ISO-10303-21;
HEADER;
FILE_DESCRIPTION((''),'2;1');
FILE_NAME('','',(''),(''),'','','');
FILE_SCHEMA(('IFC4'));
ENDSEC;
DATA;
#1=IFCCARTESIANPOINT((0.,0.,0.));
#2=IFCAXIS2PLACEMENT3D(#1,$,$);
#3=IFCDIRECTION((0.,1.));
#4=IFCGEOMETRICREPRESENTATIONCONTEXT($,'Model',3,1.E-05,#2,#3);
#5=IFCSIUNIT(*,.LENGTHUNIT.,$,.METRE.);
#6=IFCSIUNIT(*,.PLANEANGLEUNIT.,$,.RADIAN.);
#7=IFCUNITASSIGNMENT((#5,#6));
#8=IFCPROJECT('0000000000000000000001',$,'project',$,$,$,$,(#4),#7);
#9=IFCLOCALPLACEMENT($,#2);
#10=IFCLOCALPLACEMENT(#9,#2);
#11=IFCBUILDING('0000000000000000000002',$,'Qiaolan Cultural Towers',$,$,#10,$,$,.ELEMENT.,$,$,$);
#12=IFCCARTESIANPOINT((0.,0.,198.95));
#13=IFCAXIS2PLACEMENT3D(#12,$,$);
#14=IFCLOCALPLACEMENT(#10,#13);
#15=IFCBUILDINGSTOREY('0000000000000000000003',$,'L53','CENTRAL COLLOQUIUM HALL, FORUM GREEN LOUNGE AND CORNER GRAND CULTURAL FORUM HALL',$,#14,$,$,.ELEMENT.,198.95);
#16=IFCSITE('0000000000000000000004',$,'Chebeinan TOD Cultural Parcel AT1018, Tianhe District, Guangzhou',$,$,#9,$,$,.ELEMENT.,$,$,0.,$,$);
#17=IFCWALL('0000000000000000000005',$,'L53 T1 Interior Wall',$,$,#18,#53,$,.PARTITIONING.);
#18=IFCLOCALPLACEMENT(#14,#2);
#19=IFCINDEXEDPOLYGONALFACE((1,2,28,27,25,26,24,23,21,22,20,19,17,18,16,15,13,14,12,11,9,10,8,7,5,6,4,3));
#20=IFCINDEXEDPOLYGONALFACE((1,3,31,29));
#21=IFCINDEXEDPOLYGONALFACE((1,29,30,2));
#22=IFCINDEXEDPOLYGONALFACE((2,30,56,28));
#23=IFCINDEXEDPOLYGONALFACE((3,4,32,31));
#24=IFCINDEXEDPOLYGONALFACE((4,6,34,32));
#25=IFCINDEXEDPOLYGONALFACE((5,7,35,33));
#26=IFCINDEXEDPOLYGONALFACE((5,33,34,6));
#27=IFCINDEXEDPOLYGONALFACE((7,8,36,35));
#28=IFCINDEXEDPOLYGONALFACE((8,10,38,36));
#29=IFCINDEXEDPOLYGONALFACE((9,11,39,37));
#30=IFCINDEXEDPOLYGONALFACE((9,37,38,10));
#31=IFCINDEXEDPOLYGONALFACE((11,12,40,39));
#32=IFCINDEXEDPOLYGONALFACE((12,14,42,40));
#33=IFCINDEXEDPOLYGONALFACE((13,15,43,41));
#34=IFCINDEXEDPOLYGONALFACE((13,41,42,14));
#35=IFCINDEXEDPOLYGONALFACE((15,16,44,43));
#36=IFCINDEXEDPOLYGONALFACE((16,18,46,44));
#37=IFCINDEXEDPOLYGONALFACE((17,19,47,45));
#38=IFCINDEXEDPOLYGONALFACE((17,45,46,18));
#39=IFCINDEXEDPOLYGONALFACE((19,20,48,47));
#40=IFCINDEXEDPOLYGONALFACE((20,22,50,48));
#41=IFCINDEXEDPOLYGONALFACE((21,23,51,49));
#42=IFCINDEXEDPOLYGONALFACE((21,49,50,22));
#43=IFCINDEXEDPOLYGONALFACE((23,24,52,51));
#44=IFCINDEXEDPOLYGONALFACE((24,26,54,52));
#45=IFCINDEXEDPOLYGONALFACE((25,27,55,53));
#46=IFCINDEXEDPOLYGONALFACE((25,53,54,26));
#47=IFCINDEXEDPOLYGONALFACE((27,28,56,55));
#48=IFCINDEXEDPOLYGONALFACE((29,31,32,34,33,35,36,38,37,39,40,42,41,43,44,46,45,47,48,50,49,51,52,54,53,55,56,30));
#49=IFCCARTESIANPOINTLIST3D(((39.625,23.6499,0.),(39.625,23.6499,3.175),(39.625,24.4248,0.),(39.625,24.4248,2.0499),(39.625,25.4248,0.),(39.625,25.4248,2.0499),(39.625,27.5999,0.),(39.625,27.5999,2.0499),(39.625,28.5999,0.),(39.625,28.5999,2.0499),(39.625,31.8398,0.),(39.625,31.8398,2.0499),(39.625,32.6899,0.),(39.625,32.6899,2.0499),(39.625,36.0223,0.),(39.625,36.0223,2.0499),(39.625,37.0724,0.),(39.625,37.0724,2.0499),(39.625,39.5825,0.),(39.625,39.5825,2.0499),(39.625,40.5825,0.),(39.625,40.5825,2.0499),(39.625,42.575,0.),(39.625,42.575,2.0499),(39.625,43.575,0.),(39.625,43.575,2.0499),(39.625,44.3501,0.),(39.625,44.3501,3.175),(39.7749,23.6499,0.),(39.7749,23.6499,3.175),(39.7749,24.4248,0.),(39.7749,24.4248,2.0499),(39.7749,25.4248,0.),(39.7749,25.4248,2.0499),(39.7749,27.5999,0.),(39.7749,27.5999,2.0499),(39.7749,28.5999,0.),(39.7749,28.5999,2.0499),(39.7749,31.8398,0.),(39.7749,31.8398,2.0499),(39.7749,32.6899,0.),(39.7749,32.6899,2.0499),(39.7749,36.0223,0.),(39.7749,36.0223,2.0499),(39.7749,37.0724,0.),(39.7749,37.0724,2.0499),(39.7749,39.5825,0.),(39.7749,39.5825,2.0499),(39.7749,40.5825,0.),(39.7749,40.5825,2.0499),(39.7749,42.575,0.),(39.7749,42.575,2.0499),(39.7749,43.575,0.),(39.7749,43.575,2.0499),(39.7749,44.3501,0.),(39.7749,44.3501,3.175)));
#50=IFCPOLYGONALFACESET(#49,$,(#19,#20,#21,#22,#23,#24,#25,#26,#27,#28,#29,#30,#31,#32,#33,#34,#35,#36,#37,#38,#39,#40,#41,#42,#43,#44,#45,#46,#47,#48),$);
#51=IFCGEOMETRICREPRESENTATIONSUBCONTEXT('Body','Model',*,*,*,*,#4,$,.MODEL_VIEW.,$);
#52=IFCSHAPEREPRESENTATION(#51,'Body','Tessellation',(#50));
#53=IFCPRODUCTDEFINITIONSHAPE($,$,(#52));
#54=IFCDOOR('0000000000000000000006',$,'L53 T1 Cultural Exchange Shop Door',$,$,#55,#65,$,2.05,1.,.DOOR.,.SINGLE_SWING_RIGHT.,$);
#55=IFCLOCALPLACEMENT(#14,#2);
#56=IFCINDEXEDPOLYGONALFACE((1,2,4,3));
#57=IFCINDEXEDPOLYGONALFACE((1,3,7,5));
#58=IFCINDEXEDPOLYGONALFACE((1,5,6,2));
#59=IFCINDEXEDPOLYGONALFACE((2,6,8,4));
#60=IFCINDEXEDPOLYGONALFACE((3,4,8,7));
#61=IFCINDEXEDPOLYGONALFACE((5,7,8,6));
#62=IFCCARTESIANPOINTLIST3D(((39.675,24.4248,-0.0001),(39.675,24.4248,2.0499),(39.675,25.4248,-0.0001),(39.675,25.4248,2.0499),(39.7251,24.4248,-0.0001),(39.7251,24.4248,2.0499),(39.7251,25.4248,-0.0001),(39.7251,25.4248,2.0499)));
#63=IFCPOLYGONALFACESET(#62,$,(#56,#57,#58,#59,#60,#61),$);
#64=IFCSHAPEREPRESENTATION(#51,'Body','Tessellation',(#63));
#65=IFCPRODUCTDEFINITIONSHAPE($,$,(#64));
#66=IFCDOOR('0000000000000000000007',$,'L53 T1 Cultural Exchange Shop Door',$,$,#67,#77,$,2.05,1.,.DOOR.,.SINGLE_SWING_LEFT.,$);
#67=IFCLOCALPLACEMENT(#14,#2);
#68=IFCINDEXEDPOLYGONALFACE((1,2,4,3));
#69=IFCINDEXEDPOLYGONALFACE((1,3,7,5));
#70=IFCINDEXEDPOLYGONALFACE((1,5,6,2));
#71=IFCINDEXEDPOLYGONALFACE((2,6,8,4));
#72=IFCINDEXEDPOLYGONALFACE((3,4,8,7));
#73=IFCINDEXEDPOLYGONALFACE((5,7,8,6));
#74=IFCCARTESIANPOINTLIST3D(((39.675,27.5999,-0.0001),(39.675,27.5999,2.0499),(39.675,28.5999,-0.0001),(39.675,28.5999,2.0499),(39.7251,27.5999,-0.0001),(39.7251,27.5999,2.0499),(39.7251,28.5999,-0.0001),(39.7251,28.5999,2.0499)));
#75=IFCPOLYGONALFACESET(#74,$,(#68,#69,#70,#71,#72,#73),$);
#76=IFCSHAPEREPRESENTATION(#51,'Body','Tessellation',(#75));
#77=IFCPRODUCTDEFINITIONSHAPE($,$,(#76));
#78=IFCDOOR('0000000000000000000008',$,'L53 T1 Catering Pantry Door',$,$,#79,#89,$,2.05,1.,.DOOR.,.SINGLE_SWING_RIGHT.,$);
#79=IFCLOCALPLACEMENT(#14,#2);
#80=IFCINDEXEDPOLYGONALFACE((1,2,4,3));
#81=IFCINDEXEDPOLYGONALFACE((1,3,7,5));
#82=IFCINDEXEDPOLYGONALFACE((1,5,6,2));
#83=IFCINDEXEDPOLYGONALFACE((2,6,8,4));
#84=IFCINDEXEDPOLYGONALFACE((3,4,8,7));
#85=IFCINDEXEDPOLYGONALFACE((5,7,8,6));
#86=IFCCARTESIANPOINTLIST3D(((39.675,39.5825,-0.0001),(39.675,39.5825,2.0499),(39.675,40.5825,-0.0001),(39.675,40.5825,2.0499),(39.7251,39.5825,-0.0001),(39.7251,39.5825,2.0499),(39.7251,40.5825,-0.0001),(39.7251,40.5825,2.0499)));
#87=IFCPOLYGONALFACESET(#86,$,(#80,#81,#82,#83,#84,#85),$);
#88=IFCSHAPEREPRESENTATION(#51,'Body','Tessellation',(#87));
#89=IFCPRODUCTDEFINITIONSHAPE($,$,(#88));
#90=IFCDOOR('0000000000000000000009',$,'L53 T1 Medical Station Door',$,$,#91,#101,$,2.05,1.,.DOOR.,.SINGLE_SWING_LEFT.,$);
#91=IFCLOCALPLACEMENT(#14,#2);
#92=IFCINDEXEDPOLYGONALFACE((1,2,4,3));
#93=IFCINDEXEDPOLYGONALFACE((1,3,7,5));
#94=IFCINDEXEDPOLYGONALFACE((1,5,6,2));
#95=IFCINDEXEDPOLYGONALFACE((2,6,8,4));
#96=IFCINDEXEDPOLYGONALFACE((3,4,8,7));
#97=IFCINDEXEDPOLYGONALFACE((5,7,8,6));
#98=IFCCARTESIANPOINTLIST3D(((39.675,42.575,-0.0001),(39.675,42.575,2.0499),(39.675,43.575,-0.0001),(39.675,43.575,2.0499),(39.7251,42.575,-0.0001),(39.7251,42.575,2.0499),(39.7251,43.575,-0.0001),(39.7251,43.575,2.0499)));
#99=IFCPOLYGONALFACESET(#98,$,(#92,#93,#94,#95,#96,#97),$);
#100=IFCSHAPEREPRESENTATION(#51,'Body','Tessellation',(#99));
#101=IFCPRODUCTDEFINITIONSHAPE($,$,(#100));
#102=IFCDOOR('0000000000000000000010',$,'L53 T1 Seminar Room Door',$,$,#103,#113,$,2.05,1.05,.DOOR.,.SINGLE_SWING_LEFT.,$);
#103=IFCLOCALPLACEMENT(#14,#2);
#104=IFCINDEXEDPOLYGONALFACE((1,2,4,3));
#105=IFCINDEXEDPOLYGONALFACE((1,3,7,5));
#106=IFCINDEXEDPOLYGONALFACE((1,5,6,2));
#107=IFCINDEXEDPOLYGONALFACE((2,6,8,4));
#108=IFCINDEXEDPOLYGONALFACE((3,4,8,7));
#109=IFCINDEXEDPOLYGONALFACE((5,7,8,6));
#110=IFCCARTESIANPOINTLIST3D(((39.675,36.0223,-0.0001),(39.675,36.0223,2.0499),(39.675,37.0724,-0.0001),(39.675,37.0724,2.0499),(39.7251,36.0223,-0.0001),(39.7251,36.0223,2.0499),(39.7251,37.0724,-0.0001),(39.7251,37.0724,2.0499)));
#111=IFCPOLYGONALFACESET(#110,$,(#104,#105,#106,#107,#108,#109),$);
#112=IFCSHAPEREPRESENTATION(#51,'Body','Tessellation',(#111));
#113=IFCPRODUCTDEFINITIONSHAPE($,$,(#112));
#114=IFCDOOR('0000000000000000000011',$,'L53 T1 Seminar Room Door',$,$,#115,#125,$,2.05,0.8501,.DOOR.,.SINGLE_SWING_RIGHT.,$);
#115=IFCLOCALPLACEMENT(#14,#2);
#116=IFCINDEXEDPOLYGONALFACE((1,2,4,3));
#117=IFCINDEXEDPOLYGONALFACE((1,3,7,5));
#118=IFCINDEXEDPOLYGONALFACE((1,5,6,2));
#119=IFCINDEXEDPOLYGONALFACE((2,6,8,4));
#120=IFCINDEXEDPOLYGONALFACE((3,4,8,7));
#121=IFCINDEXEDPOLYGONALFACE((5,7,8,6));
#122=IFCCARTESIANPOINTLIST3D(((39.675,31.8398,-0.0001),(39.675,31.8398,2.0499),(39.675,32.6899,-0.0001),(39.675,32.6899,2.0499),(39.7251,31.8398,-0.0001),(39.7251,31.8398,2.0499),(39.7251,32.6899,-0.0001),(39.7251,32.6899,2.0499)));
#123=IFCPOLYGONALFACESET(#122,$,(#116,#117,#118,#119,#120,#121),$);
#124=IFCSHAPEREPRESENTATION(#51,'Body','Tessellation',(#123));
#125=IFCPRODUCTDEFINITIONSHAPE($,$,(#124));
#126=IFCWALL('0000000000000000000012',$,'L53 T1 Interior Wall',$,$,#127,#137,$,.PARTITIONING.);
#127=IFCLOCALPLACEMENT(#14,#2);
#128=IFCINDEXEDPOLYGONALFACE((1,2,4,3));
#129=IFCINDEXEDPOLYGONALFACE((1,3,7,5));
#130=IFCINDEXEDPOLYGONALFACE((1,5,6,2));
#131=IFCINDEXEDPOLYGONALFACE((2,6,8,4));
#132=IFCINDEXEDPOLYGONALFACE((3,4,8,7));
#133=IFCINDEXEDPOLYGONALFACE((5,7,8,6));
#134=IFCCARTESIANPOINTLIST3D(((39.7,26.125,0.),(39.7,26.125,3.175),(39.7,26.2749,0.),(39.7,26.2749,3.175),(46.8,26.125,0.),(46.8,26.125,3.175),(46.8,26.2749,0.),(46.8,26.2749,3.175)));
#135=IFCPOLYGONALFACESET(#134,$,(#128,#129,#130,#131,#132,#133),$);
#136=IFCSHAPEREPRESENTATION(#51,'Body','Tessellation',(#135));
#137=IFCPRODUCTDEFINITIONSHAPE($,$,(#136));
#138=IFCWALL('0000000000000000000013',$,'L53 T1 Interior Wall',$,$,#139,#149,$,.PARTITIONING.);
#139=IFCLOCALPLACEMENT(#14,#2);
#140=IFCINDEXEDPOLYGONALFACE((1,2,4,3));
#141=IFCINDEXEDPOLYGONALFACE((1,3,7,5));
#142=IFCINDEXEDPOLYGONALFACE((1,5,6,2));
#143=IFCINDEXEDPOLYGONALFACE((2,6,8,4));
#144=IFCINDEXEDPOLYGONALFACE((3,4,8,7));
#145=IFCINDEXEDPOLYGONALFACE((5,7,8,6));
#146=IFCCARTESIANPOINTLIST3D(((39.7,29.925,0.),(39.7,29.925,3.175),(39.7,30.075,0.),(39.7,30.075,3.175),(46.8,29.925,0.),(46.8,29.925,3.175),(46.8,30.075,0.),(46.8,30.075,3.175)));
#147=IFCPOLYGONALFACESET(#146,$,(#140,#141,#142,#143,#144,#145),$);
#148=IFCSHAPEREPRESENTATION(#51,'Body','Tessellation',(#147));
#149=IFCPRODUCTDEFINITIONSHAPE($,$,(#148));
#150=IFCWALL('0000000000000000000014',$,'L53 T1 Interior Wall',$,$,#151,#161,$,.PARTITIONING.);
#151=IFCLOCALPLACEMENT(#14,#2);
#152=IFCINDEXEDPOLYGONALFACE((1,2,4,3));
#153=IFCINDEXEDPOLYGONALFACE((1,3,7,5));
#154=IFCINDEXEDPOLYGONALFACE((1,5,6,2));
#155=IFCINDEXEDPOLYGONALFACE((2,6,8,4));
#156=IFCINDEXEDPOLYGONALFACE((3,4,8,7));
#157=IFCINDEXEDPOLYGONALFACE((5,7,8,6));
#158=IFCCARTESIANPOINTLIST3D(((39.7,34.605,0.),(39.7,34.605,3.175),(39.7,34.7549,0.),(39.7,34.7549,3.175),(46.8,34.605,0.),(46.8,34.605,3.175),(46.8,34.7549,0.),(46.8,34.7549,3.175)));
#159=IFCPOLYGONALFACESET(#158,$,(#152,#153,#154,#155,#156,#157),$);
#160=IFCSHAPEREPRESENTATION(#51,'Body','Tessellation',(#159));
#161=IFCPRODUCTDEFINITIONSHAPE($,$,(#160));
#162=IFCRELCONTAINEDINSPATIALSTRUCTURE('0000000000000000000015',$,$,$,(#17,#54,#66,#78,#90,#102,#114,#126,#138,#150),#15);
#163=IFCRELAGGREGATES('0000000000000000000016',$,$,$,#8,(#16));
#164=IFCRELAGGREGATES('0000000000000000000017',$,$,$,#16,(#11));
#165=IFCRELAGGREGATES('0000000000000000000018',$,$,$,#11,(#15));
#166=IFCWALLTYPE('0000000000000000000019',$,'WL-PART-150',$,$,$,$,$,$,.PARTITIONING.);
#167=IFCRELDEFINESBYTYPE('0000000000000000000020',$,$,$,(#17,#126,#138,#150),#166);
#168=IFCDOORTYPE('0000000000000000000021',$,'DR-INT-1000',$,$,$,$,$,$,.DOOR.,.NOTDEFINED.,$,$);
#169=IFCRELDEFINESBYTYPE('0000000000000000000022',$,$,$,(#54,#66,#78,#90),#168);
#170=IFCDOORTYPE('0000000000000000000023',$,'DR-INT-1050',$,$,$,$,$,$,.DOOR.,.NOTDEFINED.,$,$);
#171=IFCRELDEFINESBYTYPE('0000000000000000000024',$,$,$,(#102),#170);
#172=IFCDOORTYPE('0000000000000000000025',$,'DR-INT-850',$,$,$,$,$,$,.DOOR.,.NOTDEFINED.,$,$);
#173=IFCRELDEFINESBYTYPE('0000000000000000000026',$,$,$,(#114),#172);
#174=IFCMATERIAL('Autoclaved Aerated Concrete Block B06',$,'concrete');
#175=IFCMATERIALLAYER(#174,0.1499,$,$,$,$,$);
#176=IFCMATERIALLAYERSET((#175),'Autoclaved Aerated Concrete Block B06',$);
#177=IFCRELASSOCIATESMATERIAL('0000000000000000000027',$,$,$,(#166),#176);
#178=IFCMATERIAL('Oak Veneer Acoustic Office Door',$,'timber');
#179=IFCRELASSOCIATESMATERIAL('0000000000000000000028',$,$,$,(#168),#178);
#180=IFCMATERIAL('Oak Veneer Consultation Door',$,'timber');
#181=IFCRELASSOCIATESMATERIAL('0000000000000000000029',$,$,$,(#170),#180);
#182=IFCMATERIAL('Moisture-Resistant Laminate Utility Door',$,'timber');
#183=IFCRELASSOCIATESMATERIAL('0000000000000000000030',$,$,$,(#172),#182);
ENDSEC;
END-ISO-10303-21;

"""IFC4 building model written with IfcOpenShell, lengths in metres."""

from ifc_helpers import new_model, si_unit, direction, frame, frame_2d, origin, place, context, subcontext, project, spatial, rectangle, extrude, material, layer, layer_set, type_object, element, fill, save


model = new_model("IFC4")

# Units and contexts
model_context = context("Model", 3, precision=1e-05, world=origin(), true_north=direction((0.0, 1.0)))
body_context = subcontext(model_context, "Body", "Model", "MODEL_VIEW")
ifc_project = project(units=[si_unit("LENGTHUNIT", "METRE"), si_unit("PLANEANGLEUNIT", "RADIAN")], contexts=[model_context])

# Site, building, storey
site_placement = place(None, origin())
site = spatial("IfcSite", under=ifc_project, at=site_placement, Name="Chebeinan TOD Cultural Parcel AT1018, Tianhe District, Guangzhou", CompositionType="ELEMENT", RefElevation=0.0)
building_placement = place(site_placement, origin())
building = spatial("IfcBuilding", under=site, at=building_placement, Name="Qiaolan Cultural Towers", CompositionType="ELEMENT")
storey_placement = place(building_placement, frame((0.0, 0.0, 198.95)))
storey = spatial("IfcBuildingStorey", under=building, at=storey_placement, Name="L53", Description="CENTRAL COLLOQUIUM HALL, FORUM GREEN LOUNGE AND CORNER GRAND CULTURAL FORUM HALL", CompositionType="ELEMENT", Elevation=198.95)

# Shared definitions
ifc_material_1 = material(Name="Autoclaved Aerated Concrete Block B06", Category="concrete")
ifc_layer_1 = layer(ifc_material_1, 0.1499)
ifc_layer_set_1 = layer_set([ifc_layer_1], Name="Autoclaved Aerated Concrete Block B06")
wall_type_1 = type_object("IfcWallType", Name="WL-PART-150", PredefinedType="PARTITIONING", material=ifc_layer_set_1)

# Shared definitions
ifc_material_2 = material(Name="Oak Veneer Acoustic Office Door", Category="timber")
door_type_1 = type_object("IfcDoorType", Name="DR-INT-1000", OperationType="NOTDEFINED", PredefinedType="DOOR", material=ifc_material_2)

# Wall, openings, doors
wall_1_placement = place(storey_placement, frame((39.7, 23.6499, 0.0), z_axis=(0.0, 0.0, 1.0), x_axis=(0.0, 1.0, 0.0)))
wall_1 = element("IfcWall", 1, at=wall_1_placement, inside=storey, type_object=wall_type_1, Name="L53 T1 Interior Wall", PredefinedType="PARTITIONING", context=body_context, shape_type="SweptSolid", body=[
    extrude(rectangle(XDim=20.7002, YDim=0.1499, at=frame_2d((10.3501, 0.0))), origin(), (0.0, 0.0, 1.0), 3.175),
])
opening_1_placement = place(wall_1_placement, frame((0.7749, 0.0, 0.0)))
opening_1 = element("IfcOpeningElement", 2, at=opening_1_placement, cuts=wall_1, PredefinedType="OPENING", context=body_context, shape_type="SweptSolid", body=[
    extrude(rectangle(XDim=1.0, YDim=2.05, at=frame_2d((0.5, 1.0249))), frame((0.0, 0.085, 0.0), z_axis=(0.0, -1.0, 0.0), x_axis=(1.0, 0.0, 0.0)), (0.0, 0.0, 1.0), 0.1699),
])
opening_2_placement = place(wall_1_placement, frame((3.95, 0.0, 0.0)))
opening_2 = element("IfcOpeningElement", 3, at=opening_2_placement, cuts=wall_1, PredefinedType="OPENING", context=body_context, shape_type="SweptSolid", body=[
    extrude(rectangle(XDim=1.0, YDim=2.05, at=frame_2d((0.5, 1.0249))), frame((0.0, 0.085, 0.0), z_axis=(0.0, -1.0, 0.0), x_axis=(1.0, 0.0, 0.0)), (0.0, 0.0, 1.0), 0.1699),
])
opening_3_placement = place(wall_1_placement, frame((8.1899, 0.0, 0.0)))
opening_3 = element("IfcOpeningElement", 4, at=opening_3_placement, cuts=wall_1, PredefinedType="OPENING", context=body_context, shape_type="SweptSolid", body=[
    extrude(rectangle(XDim=0.8501, YDim=2.05, at=frame_2d((0.425, 1.0249))), frame((0.0, 0.085, 0.0), z_axis=(0.0, -1.0, 0.0), x_axis=(1.0, 0.0, 0.0)), (0.0, 0.0, 1.0), 0.1699),
])
opening_4_placement = place(wall_1_placement, frame((12.3726, 0.0, 0.0)))
opening_4 = element("IfcOpeningElement", 5, at=opening_4_placement, cuts=wall_1, PredefinedType="OPENING", context=body_context, shape_type="SweptSolid", body=[
    extrude(rectangle(XDim=1.05, YDim=2.05, at=frame_2d((0.5249, 1.0249))), frame((0.0, 0.085, 0.0), z_axis=(0.0, -1.0, 0.0), x_axis=(1.0, 0.0, 0.0)), (0.0, 0.0, 1.0), 0.1699),
])
opening_5_placement = place(wall_1_placement, frame((15.9326, 0.0, 0.0)))
opening_5 = element("IfcOpeningElement", 6, at=opening_5_placement, cuts=wall_1, PredefinedType="OPENING", context=body_context, shape_type="SweptSolid", body=[
    extrude(rectangle(XDim=1.0, YDim=2.05, at=frame_2d((0.5, 1.0249))), frame((0.0, 0.085, 0.0), z_axis=(0.0, -1.0, 0.0), x_axis=(1.0, 0.0, 0.0)), (0.0, 0.0, 1.0), 0.1699),
])
opening_6_placement = place(wall_1_placement, frame((18.925, 0.0, 0.0)))
opening_6 = element("IfcOpeningElement", 7, at=opening_6_placement, cuts=wall_1, PredefinedType="OPENING", context=body_context, shape_type="SweptSolid", body=[
    extrude(rectangle(XDim=1.0, YDim=2.05, at=frame_2d((0.5, 1.0249))), frame((0.0, 0.085, 0.0), z_axis=(0.0, -1.0, 0.0), x_axis=(1.0, 0.0, 0.0)), (0.0, 0.0, 1.0), 0.1699),
])
door_1_placement = place(opening_1_placement, origin())
door_1 = element("IfcDoor", 8, at=door_1_placement, inside=storey, type_object=door_type_1, Name="L53 T1 Cultural Exchange Shop Door", OperationType="SINGLE_SWING_RIGHT", OverallHeight=2.05, OverallWidth=1.0, PredefinedType="DOOR", context=body_context, shape_type="SweptSolid", body=[
    extrude(rectangle(XDim=1.0, YDim=2.05, at=frame_2d((0.5, 1.0249))), frame((0.0, 0.0249, 0.0), z_axis=(0.0, -1.0, 0.0), x_axis=(1.0, 0.0, 0.0)), (0.0, 0.0, 1.0), 0.05),
])
fill(opening_1, door_1)
door_2_placement = place(opening_2_placement, origin())
door_2 = element("IfcDoor", 9, at=door_2_placement, inside=storey, type_object=door_type_1, Name="L53 T1 Cultural Exchange Shop Door", OperationType="SINGLE_SWING_LEFT", OverallHeight=2.05, OverallWidth=1.0, PredefinedType="DOOR", context=body_context, shape_type="SweptSolid", body=[
    extrude(rectangle(XDim=1.0, YDim=2.05, at=frame_2d((0.5, 1.0249))), frame((0.0, 0.0249, 0.0), z_axis=(0.0, -1.0, 0.0), x_axis=(1.0, 0.0, 0.0)), (0.0, 0.0, 1.0), 0.05),
])
fill(opening_2, door_2)
door_3_placement = place(opening_5_placement, origin())
door_3 = element("IfcDoor", 10, at=door_3_placement, inside=storey, type_object=door_type_1, Name="L53 T1 Catering Pantry Door", OperationType="SINGLE_SWING_RIGHT", OverallHeight=2.05, OverallWidth=1.0, PredefinedType="DOOR", context=body_context, shape_type="SweptSolid", body=[
    extrude(rectangle(XDim=1.0, YDim=2.05, at=frame_2d((0.5, 1.0249))), frame((0.0, 0.0249, 0.0), z_axis=(0.0, -1.0, 0.0), x_axis=(1.0, 0.0, 0.0)), (0.0, 0.0, 1.0), 0.05),
])
fill(opening_5, door_3)
door_4_placement = place(opening_6_placement, origin())
door_4 = element("IfcDoor", 11, at=door_4_placement, inside=storey, type_object=door_type_1, Name="L53 T1 Medical Station Door", OperationType="SINGLE_SWING_LEFT", OverallHeight=2.05, OverallWidth=1.0, PredefinedType="DOOR", context=body_context, shape_type="SweptSolid", body=[
    extrude(rectangle(XDim=1.0, YDim=2.05, at=frame_2d((0.5, 1.0249))), frame((0.0, 0.0249, 0.0), z_axis=(0.0, -1.0, 0.0), x_axis=(1.0, 0.0, 0.0)), (0.0, 0.0, 1.0), 0.05),
])
fill(opening_6, door_4)
ifc_material_3 = material(Name="Oak Veneer Consultation Door", Category="timber")
door_type_2 = type_object("IfcDoorType", Name="DR-INT-1050", OperationType="NOTDEFINED", PredefinedType="DOOR", material=ifc_material_3)
door_5_placement = place(opening_4_placement, origin())
door_5 = element("IfcDoor", 12, at=door_5_placement, inside=storey, type_object=door_type_2, Name="L53 T1 Seminar Room Door", OperationType="SINGLE_SWING_LEFT", OverallHeight=2.05, OverallWidth=1.05, PredefinedType="DOOR", context=body_context, shape_type="SweptSolid", body=[
    extrude(rectangle(XDim=1.05, YDim=2.05, at=frame_2d((0.5249, 1.0249))), frame((0.0, 0.0249, 0.0), z_axis=(0.0, -1.0, 0.0), x_axis=(1.0, 0.0, 0.0)), (0.0, 0.0, 1.0), 0.05),
])
fill(opening_4, door_5)
ifc_material_4 = material(Name="Moisture-Resistant Laminate Utility Door", Category="timber")
door_type_3 = type_object("IfcDoorType", Name="DR-INT-850", OperationType="NOTDEFINED", PredefinedType="DOOR", material=ifc_material_4)
door_6_placement = place(opening_3_placement, origin())
door_6 = element("IfcDoor", 13, at=door_6_placement, inside=storey, type_object=door_type_3, Name="L53 T1 Seminar Room Door", OperationType="SINGLE_SWING_RIGHT", OverallHeight=2.05, OverallWidth=0.8501, PredefinedType="DOOR", context=body_context, shape_type="SweptSolid", body=[
    extrude(rectangle(XDim=0.8501, YDim=2.05, at=frame_2d((0.425, 1.0249))), frame((0.0, 0.0249, 0.0), z_axis=(0.0, -1.0, 0.0), x_axis=(1.0, 0.0, 0.0)), (0.0, 0.0, 1.0), 0.05),
])
fill(opening_3, door_6)

# Walls
for number, where, z_axis, x_axis, name in (
    (14, (39.7, 26.2, 0.0), (0.0, 0.0, 1.0), (1.0, 0.0, 0.0), "L53 T1 Interior Wall"),
    (15, (39.7, 30.0, 0.0), (0.0, 0.0, 1.0), (1.0, 0.0, 0.0), "L53 T1 Interior Wall"),
    (16, (39.7, 34.6799, 0.0), (0.0, 0.0, 1.0), (1.0, 0.0, 0.0), "L53 T1 Interior Wall"),
):
    element("IfcWall", number, at=place(storey_placement, frame(where, z_axis=z_axis, x_axis=x_axis)), inside=storey, type_object=wall_type_1, Name=name, PredefinedType="PARTITIONING", context=body_context, shape_type="SweptSolid", body=[
        extrude(rectangle(XDim=7.1001, YDim=0.1499, at=frame_2d((3.55, 0.0))), origin(), (0.0, 0.0, 1.0), 3.175),
    ])

save(model, "model.ifc")
